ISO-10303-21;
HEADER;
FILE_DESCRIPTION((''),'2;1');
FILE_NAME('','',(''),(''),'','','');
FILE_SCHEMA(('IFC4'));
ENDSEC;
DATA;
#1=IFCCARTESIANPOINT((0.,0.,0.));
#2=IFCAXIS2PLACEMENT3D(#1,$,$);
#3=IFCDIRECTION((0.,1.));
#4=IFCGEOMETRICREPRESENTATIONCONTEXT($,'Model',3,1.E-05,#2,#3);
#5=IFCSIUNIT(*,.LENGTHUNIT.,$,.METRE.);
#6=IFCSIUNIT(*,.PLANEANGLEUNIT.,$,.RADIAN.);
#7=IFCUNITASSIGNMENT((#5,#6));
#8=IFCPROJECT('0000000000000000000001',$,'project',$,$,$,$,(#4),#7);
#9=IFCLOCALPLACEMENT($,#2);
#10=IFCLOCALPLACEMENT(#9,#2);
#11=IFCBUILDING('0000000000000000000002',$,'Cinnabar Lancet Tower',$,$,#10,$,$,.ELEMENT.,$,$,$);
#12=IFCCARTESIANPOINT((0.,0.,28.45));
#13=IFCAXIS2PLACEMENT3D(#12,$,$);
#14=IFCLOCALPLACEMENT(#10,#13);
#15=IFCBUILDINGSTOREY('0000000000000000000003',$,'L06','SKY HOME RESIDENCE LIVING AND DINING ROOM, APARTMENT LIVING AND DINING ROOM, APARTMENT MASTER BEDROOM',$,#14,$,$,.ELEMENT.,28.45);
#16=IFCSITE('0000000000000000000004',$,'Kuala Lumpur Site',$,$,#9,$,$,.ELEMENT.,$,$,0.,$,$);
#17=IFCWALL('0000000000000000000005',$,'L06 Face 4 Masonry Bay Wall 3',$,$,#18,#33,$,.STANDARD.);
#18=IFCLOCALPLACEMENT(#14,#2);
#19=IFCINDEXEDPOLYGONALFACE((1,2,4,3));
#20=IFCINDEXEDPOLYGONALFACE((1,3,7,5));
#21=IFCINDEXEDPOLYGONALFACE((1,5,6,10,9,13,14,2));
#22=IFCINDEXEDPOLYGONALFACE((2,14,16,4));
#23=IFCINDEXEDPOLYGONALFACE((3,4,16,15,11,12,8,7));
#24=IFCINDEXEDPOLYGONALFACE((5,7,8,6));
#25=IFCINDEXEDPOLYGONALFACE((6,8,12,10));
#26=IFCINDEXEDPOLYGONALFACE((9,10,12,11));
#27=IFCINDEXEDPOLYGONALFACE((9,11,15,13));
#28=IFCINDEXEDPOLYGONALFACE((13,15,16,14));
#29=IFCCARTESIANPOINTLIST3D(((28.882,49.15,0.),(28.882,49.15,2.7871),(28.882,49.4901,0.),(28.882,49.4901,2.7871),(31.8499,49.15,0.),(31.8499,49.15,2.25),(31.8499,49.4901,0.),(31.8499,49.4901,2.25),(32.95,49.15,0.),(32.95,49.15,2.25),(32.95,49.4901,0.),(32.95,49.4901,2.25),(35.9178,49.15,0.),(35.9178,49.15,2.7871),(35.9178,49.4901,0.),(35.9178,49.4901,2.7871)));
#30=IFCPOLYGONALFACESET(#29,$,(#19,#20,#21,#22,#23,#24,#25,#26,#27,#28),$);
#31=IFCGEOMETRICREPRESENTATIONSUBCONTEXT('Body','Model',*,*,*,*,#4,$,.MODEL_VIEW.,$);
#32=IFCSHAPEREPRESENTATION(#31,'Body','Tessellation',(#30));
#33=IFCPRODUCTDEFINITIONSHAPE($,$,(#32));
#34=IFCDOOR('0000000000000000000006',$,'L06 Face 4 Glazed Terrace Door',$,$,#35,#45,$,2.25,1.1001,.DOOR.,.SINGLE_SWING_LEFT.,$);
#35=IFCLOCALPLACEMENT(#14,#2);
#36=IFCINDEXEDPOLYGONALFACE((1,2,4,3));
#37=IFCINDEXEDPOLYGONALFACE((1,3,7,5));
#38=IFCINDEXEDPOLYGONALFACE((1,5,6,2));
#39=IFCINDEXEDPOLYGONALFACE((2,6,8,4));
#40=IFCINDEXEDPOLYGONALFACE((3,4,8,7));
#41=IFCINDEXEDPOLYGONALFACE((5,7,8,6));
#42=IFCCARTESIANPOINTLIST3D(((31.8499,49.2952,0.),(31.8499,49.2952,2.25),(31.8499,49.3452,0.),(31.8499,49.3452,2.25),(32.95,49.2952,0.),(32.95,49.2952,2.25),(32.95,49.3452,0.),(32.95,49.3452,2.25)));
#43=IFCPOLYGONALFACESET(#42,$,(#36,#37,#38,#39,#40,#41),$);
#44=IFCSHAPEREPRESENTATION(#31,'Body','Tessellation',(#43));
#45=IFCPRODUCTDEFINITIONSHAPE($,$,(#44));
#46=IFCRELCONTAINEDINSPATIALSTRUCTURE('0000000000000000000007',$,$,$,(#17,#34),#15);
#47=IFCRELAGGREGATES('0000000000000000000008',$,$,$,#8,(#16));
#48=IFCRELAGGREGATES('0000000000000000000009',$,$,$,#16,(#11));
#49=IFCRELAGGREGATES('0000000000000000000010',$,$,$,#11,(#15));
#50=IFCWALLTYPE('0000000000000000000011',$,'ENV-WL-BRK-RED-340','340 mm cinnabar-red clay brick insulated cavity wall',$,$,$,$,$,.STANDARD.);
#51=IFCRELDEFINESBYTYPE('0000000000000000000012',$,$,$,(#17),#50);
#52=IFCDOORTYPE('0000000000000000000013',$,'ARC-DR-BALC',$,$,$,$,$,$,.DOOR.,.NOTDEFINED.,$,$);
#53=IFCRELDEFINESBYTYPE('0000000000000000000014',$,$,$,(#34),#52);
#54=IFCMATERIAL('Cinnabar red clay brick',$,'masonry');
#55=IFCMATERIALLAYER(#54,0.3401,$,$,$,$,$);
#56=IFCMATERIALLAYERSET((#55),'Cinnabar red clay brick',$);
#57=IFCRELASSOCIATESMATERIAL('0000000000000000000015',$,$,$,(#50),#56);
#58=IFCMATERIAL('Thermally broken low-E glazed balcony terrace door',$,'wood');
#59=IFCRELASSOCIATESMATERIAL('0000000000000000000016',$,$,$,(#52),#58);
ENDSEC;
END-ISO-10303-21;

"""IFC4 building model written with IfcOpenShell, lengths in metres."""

from ifc_helpers import new_model, si_unit, direction, frame, frame_2d, origin, place, context, subcontext, project, spatial, rectangle, extrude, material, layer, layer_set, type_object, element, fill, save


model = new_model("IFC4")

# Units and contexts
model_context = context("Model", 3, precision=1e-05, world=origin(), true_north=direction((0.0, 1.0)))
body_context = subcontext(model_context, "Body", "Model", "MODEL_VIEW")
ifc_project = project(units=[si_unit("LENGTHUNIT", "METRE"), si_unit("PLANEANGLEUNIT", "RADIAN")], contexts=[model_context])

# Site, building, storey
site_placement = place(None, origin())
site = spatial("IfcSite", under=ifc_project, at=site_placement, Name="Kuala Lumpur Site", CompositionType="ELEMENT", RefElevation=0.0)
building_placement = place(site_placement, origin())
building = spatial("IfcBuilding", under=site, at=building_placement, Name="Cinnabar Lancet Tower", CompositionType="ELEMENT")
storey_placement = place(building_placement, frame((0.0, 0.0, 28.45)))
storey = spatial("IfcBuildingStorey", under=building, at=storey_placement, Name="L06", Description="SKY HOME RESIDENCE LIVING AND DINING ROOM, APARTMENT LIVING AND DINING ROOM, APARTMENT MASTER BEDROOM", CompositionType="ELEMENT", Elevation=28.45)

# Shared definitions
ifc_material_1 = material(Name="Cinnabar red clay brick", Category="masonry")
ifc_layer_1 = layer(ifc_material_1, 0.3401)
ifc_layer_set_1 = layer_set([ifc_layer_1], Name="Cinnabar red clay brick")
wall_type_1 = type_object("IfcWallType", Name="ENV-WL-BRK-RED-340", Description="340 mm cinnabar-red clay brick insulated cavity wall", PredefinedType="STANDARD", material=ifc_layer_set_1)

# Wall, opening, door
wall_1_placement = place(storey_placement, frame((35.918, 49.3201, 0.0), z_axis=(0.0, 0.0, 1.0), x_axis=(-1.0, 0.0, 0.0)))
wall_1 = element("IfcWall", 1, at=wall_1_placement, inside=storey, type_object=wall_type_1, Name="L06 Face 4 Masonry Bay Wall 3", PredefinedType="STANDARD", context=body_context, shape_type="SweptSolid", body=[
    extrude(rectangle(XDim=7.0359, YDim=0.3401, at=frame_2d((3.5181, 0.0))), origin(), (0.0, 0.0, 1.0), 2.7871),
])
opening_1_placement = place(wall_1_placement, frame((2.968, 0.0, 0.0)))
opening_1 = element("IfcOpeningElement", 2, at=opening_1_placement, cuts=wall_1, PredefinedType="OPENING", context=body_context, shape_type="SweptSolid", body=[
    extrude(rectangle(XDim=1.1001, YDim=2.25, at=frame_2d((0.55, 1.125))), frame((0.0, 0.1799, 0.0), z_axis=(0.0, -1.0, 0.0), x_axis=(1.0, 0.0, 0.0)), (0.0, 0.0, 1.0), 0.3601),
])
ifc_material_2 = material(Name="Thermally broken low-E glazed balcony terrace door", Category="wood")
door_type_1 = type_object("IfcDoorType", Name="ARC-DR-BALC", OperationType="NOTDEFINED", PredefinedType="DOOR", material=ifc_material_2)
door_1_placement = place(opening_1_placement, origin())
door_1 = element("IfcDoor", 3, at=door_1_placement, inside=storey, type_object=door_type_1, Name="L06 Face 4 Glazed Terrace Door", OperationType="SINGLE_SWING_LEFT", OverallHeight=2.25, OverallWidth=1.1001, PredefinedType="DOOR", context=body_context, shape_type="SweptSolid", body=[
    extrude(rectangle(XDim=1.1001, YDim=2.25, at=frame_2d((0.55, 1.125))), frame((0.0, 0.0249, 0.0), z_axis=(0.0, -1.0, 0.0), x_axis=(1.0, 0.0, 0.0)), (0.0, 0.0, 1.0), 0.05),
])
fill(opening_1, door_1)

save(model, "model.ifc")
